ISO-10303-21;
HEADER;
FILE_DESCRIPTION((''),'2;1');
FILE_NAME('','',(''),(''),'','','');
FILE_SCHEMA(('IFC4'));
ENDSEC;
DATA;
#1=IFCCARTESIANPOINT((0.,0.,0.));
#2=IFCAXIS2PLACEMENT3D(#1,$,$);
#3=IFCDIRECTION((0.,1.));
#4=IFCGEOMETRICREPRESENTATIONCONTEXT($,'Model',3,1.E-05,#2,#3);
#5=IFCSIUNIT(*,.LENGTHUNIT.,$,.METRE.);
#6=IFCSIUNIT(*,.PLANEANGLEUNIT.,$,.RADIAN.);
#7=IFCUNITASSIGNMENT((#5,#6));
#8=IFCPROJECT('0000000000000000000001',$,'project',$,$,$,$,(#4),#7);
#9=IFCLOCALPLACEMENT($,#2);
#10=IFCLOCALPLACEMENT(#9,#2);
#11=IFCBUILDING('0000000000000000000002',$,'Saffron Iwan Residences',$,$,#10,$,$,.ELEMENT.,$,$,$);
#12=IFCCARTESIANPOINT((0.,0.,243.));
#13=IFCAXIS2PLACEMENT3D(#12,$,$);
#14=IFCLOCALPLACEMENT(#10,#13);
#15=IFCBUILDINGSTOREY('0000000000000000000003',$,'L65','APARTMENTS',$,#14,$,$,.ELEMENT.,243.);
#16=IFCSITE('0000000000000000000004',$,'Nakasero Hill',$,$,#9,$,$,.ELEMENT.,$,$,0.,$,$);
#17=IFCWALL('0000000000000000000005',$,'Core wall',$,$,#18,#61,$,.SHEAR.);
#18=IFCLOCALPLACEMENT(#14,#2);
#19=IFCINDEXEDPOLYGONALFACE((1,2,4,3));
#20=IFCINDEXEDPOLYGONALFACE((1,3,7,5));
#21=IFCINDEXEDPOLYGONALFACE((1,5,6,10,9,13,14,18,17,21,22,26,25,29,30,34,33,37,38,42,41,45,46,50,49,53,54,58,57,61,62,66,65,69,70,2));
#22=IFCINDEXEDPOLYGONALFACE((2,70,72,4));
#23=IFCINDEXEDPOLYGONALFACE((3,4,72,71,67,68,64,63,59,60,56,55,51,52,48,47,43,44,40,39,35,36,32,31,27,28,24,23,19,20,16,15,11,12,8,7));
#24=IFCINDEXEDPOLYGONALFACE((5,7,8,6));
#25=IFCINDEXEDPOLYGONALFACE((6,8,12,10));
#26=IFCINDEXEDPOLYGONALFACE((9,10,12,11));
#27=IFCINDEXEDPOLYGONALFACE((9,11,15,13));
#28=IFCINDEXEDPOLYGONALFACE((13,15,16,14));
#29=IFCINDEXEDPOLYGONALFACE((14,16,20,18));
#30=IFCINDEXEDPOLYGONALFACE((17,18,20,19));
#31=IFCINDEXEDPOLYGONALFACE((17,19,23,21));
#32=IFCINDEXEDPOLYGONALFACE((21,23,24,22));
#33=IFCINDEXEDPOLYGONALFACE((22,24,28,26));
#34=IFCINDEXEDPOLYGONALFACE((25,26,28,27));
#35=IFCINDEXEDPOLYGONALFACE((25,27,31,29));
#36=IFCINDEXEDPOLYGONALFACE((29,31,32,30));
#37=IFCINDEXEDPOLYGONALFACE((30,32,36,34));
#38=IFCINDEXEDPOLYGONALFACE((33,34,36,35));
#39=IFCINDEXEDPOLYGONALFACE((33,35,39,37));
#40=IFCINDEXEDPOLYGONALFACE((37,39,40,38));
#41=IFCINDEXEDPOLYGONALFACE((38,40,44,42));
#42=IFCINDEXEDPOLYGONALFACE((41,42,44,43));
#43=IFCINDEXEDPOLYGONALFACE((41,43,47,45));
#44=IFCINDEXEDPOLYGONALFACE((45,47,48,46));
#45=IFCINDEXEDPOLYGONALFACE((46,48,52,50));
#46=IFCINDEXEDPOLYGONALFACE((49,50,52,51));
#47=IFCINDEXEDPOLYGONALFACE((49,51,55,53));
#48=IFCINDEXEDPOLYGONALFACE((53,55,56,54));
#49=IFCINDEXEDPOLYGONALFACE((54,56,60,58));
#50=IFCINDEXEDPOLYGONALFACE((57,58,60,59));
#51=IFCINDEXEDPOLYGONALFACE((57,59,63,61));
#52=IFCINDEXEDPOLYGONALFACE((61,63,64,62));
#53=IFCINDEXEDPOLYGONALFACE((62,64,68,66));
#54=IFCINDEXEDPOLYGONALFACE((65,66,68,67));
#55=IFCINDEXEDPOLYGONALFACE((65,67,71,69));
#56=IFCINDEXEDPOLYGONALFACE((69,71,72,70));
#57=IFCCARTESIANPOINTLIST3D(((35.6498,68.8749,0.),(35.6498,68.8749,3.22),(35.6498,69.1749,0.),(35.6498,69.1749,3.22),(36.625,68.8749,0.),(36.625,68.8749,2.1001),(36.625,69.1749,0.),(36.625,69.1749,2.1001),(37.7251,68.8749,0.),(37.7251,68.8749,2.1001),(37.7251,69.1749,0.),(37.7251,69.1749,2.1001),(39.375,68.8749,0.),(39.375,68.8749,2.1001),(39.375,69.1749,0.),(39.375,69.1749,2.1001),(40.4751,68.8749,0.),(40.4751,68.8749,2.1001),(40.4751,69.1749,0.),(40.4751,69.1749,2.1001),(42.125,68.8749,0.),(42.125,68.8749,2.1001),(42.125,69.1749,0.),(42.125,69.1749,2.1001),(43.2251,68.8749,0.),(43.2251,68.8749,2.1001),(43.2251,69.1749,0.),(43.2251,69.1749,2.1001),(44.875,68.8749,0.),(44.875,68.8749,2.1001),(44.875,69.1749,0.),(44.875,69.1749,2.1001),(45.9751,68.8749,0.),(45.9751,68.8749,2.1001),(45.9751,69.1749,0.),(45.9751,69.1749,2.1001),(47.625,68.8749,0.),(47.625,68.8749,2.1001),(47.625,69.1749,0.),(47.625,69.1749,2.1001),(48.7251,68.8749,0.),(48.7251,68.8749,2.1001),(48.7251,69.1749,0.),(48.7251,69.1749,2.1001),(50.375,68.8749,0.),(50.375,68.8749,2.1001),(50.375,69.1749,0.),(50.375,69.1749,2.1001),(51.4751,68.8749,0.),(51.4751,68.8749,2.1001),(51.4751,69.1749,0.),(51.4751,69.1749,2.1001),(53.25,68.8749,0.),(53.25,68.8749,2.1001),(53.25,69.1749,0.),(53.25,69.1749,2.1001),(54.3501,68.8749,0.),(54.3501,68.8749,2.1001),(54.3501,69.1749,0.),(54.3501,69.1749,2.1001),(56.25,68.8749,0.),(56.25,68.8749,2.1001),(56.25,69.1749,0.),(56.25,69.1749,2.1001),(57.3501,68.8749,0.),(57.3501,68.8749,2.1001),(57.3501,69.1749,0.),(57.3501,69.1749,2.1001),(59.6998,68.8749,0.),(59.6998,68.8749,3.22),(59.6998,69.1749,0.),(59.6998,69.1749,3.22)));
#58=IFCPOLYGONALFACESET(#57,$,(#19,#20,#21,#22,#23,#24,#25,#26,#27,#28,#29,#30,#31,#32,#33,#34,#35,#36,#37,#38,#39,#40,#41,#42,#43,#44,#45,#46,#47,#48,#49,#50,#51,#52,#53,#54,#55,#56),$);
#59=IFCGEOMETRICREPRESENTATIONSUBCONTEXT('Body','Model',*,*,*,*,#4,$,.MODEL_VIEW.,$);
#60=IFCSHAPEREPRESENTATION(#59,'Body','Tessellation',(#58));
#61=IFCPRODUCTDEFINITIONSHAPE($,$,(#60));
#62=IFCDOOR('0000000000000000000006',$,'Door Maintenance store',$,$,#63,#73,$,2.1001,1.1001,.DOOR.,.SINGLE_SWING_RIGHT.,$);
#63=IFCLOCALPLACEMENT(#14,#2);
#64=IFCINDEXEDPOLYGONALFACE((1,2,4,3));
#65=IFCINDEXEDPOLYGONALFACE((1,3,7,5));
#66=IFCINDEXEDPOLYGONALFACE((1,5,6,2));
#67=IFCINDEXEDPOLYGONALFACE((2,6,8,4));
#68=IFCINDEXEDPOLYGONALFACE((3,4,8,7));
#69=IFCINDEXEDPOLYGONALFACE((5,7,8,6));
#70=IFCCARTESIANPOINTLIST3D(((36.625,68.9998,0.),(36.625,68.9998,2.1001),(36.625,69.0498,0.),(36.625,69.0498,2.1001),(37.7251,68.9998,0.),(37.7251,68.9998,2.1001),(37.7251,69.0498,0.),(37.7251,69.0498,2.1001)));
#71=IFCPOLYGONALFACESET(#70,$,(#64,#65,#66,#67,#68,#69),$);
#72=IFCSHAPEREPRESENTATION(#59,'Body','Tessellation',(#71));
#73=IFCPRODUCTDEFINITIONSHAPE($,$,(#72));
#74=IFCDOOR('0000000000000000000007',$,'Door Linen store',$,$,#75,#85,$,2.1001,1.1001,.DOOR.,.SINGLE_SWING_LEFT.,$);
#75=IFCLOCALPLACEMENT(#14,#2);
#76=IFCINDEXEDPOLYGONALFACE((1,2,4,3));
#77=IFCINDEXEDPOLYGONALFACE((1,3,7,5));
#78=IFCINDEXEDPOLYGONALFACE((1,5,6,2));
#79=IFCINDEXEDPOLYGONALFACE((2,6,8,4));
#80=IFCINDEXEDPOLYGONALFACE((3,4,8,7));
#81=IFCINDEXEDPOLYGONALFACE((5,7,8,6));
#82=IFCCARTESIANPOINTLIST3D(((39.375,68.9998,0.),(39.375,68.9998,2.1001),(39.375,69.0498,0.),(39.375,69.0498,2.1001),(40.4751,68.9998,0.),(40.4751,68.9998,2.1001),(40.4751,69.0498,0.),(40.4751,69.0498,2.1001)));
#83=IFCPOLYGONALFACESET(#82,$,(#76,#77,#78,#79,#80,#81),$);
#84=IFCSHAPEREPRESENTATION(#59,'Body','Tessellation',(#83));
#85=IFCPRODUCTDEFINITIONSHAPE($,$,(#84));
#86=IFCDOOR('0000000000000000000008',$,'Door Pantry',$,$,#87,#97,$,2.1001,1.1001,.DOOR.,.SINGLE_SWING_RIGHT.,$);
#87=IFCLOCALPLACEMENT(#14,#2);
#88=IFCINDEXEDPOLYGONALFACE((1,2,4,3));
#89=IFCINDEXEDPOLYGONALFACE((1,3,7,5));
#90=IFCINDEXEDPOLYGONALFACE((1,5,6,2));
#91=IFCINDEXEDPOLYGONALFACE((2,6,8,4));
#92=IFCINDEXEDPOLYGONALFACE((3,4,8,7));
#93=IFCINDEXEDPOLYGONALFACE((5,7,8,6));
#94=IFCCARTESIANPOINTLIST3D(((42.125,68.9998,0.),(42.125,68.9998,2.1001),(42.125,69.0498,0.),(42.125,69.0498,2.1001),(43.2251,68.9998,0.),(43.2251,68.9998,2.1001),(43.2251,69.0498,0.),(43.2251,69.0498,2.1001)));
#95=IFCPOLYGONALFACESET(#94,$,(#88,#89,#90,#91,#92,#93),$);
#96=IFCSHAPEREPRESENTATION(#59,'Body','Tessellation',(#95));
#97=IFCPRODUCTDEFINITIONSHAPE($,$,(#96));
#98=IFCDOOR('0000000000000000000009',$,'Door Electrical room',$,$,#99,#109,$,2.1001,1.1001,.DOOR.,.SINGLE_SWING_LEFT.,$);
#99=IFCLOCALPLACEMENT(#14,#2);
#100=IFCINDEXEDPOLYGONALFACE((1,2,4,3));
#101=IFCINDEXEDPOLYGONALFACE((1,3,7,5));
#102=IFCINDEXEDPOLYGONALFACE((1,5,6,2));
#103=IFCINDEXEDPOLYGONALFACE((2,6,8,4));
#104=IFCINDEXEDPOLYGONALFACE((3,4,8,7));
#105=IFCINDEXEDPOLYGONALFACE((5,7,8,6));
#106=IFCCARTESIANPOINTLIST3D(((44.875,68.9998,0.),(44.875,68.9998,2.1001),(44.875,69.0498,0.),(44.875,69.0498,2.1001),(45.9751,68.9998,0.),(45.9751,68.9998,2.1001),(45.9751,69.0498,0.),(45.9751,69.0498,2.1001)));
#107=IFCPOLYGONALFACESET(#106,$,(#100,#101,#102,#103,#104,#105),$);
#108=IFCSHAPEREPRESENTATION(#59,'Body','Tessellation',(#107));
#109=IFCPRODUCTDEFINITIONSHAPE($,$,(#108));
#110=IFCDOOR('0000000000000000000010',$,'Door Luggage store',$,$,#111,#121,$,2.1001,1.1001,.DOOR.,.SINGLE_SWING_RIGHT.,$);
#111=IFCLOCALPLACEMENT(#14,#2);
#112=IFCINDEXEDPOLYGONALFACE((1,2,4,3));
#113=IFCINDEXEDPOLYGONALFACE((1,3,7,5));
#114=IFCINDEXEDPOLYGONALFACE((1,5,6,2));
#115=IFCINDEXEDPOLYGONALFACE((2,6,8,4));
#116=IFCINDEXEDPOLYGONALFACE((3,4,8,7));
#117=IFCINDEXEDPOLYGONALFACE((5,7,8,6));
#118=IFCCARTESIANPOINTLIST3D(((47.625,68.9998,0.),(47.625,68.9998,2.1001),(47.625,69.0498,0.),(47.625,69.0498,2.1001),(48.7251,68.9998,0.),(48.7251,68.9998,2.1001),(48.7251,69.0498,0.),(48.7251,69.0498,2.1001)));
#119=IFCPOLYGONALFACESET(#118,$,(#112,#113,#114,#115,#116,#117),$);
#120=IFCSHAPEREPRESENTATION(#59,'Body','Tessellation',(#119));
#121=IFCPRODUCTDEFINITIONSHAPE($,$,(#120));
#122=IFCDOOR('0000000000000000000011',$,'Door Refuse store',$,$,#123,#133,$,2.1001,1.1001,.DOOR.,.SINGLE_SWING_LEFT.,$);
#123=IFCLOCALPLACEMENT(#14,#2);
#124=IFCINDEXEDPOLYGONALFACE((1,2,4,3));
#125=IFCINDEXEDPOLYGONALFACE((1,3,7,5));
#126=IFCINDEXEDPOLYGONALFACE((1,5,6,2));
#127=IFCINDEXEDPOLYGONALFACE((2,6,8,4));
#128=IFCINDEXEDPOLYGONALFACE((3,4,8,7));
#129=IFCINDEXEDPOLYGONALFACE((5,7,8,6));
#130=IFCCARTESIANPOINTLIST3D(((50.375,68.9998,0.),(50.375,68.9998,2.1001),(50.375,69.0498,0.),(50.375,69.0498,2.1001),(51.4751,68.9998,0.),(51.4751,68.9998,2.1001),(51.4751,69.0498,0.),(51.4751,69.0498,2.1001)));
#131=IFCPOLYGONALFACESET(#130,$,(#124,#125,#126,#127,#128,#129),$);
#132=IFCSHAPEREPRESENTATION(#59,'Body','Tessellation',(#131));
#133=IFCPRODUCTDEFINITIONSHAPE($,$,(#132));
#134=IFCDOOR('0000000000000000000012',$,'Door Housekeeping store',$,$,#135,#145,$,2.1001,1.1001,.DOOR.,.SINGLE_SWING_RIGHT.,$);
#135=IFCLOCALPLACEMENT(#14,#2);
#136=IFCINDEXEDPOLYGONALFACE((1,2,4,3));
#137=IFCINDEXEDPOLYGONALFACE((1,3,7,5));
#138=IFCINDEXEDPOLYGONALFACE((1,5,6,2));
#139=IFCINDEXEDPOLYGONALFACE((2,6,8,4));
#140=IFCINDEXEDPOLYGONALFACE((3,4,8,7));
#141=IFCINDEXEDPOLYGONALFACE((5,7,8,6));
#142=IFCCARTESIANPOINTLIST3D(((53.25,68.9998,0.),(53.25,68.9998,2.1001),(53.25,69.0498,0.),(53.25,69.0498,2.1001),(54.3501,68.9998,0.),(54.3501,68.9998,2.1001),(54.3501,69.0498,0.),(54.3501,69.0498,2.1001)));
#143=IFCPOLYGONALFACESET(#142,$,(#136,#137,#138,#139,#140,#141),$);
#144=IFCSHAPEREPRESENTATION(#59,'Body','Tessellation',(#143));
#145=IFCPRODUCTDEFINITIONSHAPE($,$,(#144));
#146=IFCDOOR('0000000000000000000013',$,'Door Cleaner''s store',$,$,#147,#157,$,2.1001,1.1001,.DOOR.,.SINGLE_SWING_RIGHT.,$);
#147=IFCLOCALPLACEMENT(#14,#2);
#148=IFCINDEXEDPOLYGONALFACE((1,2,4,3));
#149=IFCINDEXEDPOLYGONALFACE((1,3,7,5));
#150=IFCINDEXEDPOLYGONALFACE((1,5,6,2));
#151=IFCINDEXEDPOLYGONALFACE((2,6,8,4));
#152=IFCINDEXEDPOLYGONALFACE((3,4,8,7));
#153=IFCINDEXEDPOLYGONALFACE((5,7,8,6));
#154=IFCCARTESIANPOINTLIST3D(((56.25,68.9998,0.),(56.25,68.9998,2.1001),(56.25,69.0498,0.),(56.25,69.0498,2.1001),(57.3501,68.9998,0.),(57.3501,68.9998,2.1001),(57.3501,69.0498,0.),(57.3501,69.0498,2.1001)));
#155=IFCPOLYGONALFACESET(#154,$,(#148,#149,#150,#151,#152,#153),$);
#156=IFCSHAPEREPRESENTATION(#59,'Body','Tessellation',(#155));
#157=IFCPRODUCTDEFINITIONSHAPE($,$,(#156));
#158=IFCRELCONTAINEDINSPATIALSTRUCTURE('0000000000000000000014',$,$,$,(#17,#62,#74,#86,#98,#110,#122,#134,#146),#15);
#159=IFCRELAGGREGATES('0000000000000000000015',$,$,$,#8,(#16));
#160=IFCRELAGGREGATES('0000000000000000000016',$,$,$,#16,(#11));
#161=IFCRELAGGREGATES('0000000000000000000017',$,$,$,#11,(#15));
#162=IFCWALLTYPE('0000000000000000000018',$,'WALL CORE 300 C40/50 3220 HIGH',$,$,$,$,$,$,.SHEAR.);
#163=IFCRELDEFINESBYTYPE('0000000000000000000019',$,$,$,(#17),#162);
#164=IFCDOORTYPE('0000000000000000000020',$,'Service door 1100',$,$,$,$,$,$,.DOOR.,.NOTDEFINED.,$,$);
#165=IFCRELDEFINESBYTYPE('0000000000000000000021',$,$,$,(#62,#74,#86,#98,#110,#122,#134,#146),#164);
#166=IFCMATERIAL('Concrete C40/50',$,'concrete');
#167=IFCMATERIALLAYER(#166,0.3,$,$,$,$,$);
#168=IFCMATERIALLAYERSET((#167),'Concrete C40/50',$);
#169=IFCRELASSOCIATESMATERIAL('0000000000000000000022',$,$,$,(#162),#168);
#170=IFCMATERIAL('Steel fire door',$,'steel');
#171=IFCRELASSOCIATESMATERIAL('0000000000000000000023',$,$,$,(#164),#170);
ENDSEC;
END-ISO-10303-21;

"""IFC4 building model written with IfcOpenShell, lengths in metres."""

from ifc_helpers import new_model, si_unit, direction, frame, frame_2d, origin, place, context, subcontext, project, spatial, rectangle, extrude, material, layer, layer_set, type_object, element, fill, save


model = new_model("IFC4")

# Units and contexts
model_context = context("Model", 3, precision=1e-05, world=origin(), true_north=direction((0.0, 1.0)))
body_context = subcontext(model_context, "Body", "Model", "MODEL_VIEW")
ifc_project = project(units=[si_unit("LENGTHUNIT", "METRE"), si_unit("PLANEANGLEUNIT", "RADIAN")], contexts=[model_context])

# Site, building, storey
site_placement = place(None, origin())
site = spatial("IfcSite", under=ifc_project, at=site_placement, Name="Nakasero Hill", CompositionType="ELEMENT", RefElevation=0.0)
building_placement = place(site_placement, origin())
building = spatial("IfcBuilding", under=site, at=building_placement, Name="Saffron Iwan Residences", CompositionType="ELEMENT")
storey_placement = place(building_placement, frame((0.0, 0.0, 243.0)))
storey = spatial("IfcBuildingStorey", under=building, at=storey_placement, Name="L65", Description="APARTMENTS", CompositionType="ELEMENT", Elevation=243.0)

# Wall, openings, doors
ifc_material_1 = material(Name="Concrete C40/50", Category="concrete")
ifc_layer = layer(ifc_material_1, 0.3)
ifc_layer_set = layer_set([ifc_layer], Name="Concrete C40/50")
wall_type = type_object("IfcWallType", Name="WALL CORE 300 C40/50 3220 HIGH", PredefinedType="SHEAR", material=ifc_layer_set)
wall_1_placement = place(storey_placement, frame((35.6499, 69.0249, 0.0), z_axis=(0.0, 0.0, 1.0), x_axis=(1.0, 0.0, 0.0)))
wall_1 = element("IfcWall", 1, at=wall_1_placement, inside=storey, type_object=wall_type, Name="Core wall", PredefinedType="SHEAR", context=body_context, shape_type="SweptSolid", body=[
    extrude(rectangle(XDim=24.05, YDim=0.3, at=frame_2d((12.0249, 0.0))), origin(), (0.0, 0.0, 1.0), 3.22),
])
opening_1_placement = place(wall_1_placement, frame((0.9751, 0.0, 0.0)))
opening_1 = element("IfcOpeningElement", 2, at=opening_1_placement, cuts=wall_1, PredefinedType="OPENING", context=body_context, shape_type="SweptSolid", body=[
    extrude(rectangle(XDim=1.1001, YDim=2.1001, at=frame_2d((0.55, 1.05))), frame((0.0, 0.1602, 0.0), z_axis=(0.0, -1.0, 0.0), x_axis=(1.0, 0.0, 0.0)), (0.0, 0.0, 1.0), 0.3201),
])
opening_2_placement = place(wall_1_placement, frame((3.7251, 0.0, 0.0)))
opening_2 = element("IfcOpeningElement", 3, at=opening_2_placement, cuts=wall_1, PredefinedType="OPENING", context=body_context, shape_type="SweptSolid", body=[
    extrude(rectangle(XDim=1.1001, YDim=2.1001, at=frame_2d((0.55, 1.05))), frame((0.0, 0.1602, 0.0), z_axis=(0.0, -1.0, 0.0), x_axis=(1.0, 0.0, 0.0)), (0.0, 0.0, 1.0), 0.3201),
])
opening_3_placement = place(wall_1_placement, frame((6.4751, 0.0, 0.0)))
opening_3 = element("IfcOpeningElement", 4, at=opening_3_placement, cuts=wall_1, PredefinedType="OPENING", context=body_context, shape_type="SweptSolid", body=[
    extrude(rectangle(XDim=1.1001, YDim=2.1001, at=frame_2d((0.55, 1.05))), frame((0.0, 0.1602, 0.0), z_axis=(0.0, -1.0, 0.0), x_axis=(1.0, 0.0, 0.0)), (0.0, 0.0, 1.0), 0.3201),
])
opening_4_placement = place(wall_1_placement, frame((9.2251, 0.0, 0.0)))
opening_4 = element("IfcOpeningElement", 5, at=opening_4_placement, cuts=wall_1, PredefinedType="OPENING", context=body_context, shape_type="SweptSolid", body=[
    extrude(rectangle(XDim=1.1001, YDim=2.1001, at=frame_2d((0.55, 1.05))), frame((0.0, 0.1602, 0.0), z_axis=(0.0, -1.0, 0.0), x_axis=(1.0, 0.0, 0.0)), (0.0, 0.0, 1.0), 0.3201),
])
opening_5_placement = place(wall_1_placement, frame((11.9751, 0.0, 0.0)))
opening_5 = element("IfcOpeningElement", 6, at=opening_5_placement, cuts=wall_1, PredefinedType="OPENING", context=body_context, shape_type="SweptSolid", body=[
    extrude(rectangle(XDim=1.1001, YDim=2.1001, at=frame_2d((0.55, 1.05))), frame((0.0, 0.1602, 0.0), z_axis=(0.0, -1.0, 0.0), x_axis=(1.0, 0.0, 0.0)), (0.0, 0.0, 1.0), 0.3201),
])
opening_6_placement = place(wall_1_placement, frame((14.7251, 0.0, 0.0)))
opening_6 = element("IfcOpeningElement", 7, at=opening_6_placement, cuts=wall_1, PredefinedType="OPENING", context=body_context, shape_type="SweptSolid", body=[
    extrude(rectangle(XDim=1.1001, YDim=2.1001, at=frame_2d((0.55, 1.05))), frame((0.0, 0.1602, 0.0), z_axis=(0.0, -1.0, 0.0), x_axis=(1.0, 0.0, 0.0)), (0.0, 0.0, 1.0), 0.3201),
])
opening_7_placement = place(wall_1_placement, frame((17.6001, 0.0, 0.0)))
opening_7 = element("IfcOpeningElement", 8, at=opening_7_placement, cuts=wall_1, PredefinedType="OPENING", context=body_context, shape_type="SweptSolid", body=[
    extrude(rectangle(XDim=1.1001, YDim=2.1001, at=frame_2d((0.55, 1.05))), frame((0.0, 0.1602, 0.0), z_axis=(0.0, -1.0, 0.0), x_axis=(1.0, 0.0, 0.0)), (0.0, 0.0, 1.0), 0.3201),
])
opening_8_placement = place(wall_1_placement, frame((20.6001, 0.0, 0.0)))
opening_8 = element("IfcOpeningElement", 9, at=opening_8_placement, cuts=wall_1, PredefinedType="OPENING", context=body_context, shape_type="SweptSolid", body=[
    extrude(rectangle(XDim=1.1001, YDim=2.1001, at=frame_2d((0.55, 1.05))), frame((0.0, 0.1602, 0.0), z_axis=(0.0, -1.0, 0.0), x_axis=(1.0, 0.0, 0.0)), (0.0, 0.0, 1.0), 0.3201),
])
ifc_material_2 = material(Name="Steel fire door", Category="steel")
door_type_1 = type_object("IfcDoorType", Name="Service door 1100", OperationType="NOTDEFINED", PredefinedType="DOOR", material=ifc_material_2)
door_1_placement = place(opening_1_placement, origin())
door_1 = element("IfcDoor", 10, at=door_1_placement, inside=storey, type_object=door_type_1, Name="Door Maintenance store", OperationType="SINGLE_SWING_RIGHT", OverallHeight=2.1001, OverallWidth=1.1001, PredefinedType="DOOR", context=body_context, shape_type="SweptSolid", body=[
    extrude(rectangle(XDim=1.1001, YDim=2.1001, at=frame_2d((0.55, 1.05))), frame((0.0, 0.0249, 0.0), z_axis=(0.0, -1.0, 0.0), x_axis=(1.0, 0.0, 0.0)), (0.0, 0.0, 1.0), 0.05),
])
fill(opening_1, door_1)
door_2_placement = place(opening_2_placement, origin())
door_2 = element("IfcDoor", 11, at=door_2_placement, inside=storey, type_object=door_type_1, Name="Door Linen store", OperationType="SINGLE_SWING_LEFT", OverallHeight=2.1001, OverallWidth=1.1001, PredefinedType="DOOR", context=body_context, shape_type="SweptSolid", body=[
    extrude(rectangle(XDim=1.1001, YDim=2.1001, at=frame_2d((0.55, 1.05))), frame((0.0, 0.0249, 0.0), z_axis=(0.0, -1.0, 0.0), x_axis=(1.0, 0.0, 0.0)), (0.0, 0.0, 1.0), 0.05),
])
fill(opening_2, door_2)
door_3_placement = place(opening_3_placement, origin())
door_3 = element("IfcDoor", 12, at=door_3_placement, inside=storey, type_object=door_type_1, Name="Door Pantry", OperationType="SINGLE_SWING_RIGHT", OverallHeight=2.1001, OverallWidth=1.1001, PredefinedType="DOOR", context=body_context, shape_type="SweptSolid", body=[
    extrude(rectangle(XDim=1.1001, YDim=2.1001, at=frame_2d((0.55, 1.05))), frame((0.0, 0.0249, 0.0), z_axis=(0.0, -1.0, 0.0), x_axis=(1.0, 0.0, 0.0)), (0.0, 0.0, 1.0), 0.05),
])
fill(opening_3, door_3)
door_4_placement = place(opening_4_placement, origin())
door_4 = element("IfcDoor", 13, at=door_4_placement, inside=storey, type_object=door_type_1, Name="Door Electrical room", OperationType="SINGLE_SWING_LEFT", OverallHeight=2.1001, OverallWidth=1.1001, PredefinedType="DOOR", context=body_context, shape_type="SweptSolid", body=[
    extrude(rectangle(XDim=1.1001, YDim=2.1001, at=frame_2d((0.55, 1.05))), frame((0.0, 0.0249, 0.0), z_axis=(0.0, -1.0, 0.0), x_axis=(1.0, 0.0, 0.0)), (0.0, 0.0, 1.0), 0.05),
])
fill(opening_4, door_4)
door_5_placement = place(opening_5_placement, origin())
door_5 = element("IfcDoor", 14, at=door_5_placement, inside=storey, type_object=door_type_1, Name="Door Luggage store", OperationType="SINGLE_SWING_RIGHT", OverallHeight=2.1001, OverallWidth=1.1001, PredefinedType="DOOR", context=body_context, shape_type="SweptSolid", body=[
    extrude(rectangle(XDim=1.1001, YDim=2.1001, at=frame_2d((0.55, 1.05))), frame((0.0, 0.0249, 0.0), z_axis=(0.0, -1.0, 0.0), x_axis=(1.0, 0.0, 0.0)), (0.0, 0.0, 1.0), 0.05),
])
fill(opening_5, door_5)
door_6_placement = place(opening_6_placement, origin())
door_6 = element("IfcDoor", 15, at=door_6_placement, inside=storey, type_object=door_type_1, Name="Door Refuse store", OperationType="SINGLE_SWING_LEFT", OverallHeight=2.1001, OverallWidth=1.1001, PredefinedType="DOOR", context=body_context, shape_type="SweptSolid", body=[
    extrude(rectangle(XDim=1.1001, YDim=2.1001, at=frame_2d((0.55, 1.05))), frame((0.0, 0.0249, 0.0), z_axis=(0.0, -1.0, 0.0), x_axis=(1.0, 0.0, 0.0)), (0.0, 0.0, 1.0), 0.05),
])
fill(opening_6, door_6)
door_7_placement = place(opening_7_placement, origin())
door_7 = element("IfcDoor", 16, at=door_7_placement, inside=storey, type_object=door_type_1, Name="Door Housekeeping store", OperationType="SINGLE_SWING_RIGHT", OverallHeight=2.1001, OverallWidth=1.1001, PredefinedType="DOOR", context=body_context, shape_type="SweptSolid", body=[
    extrude(rectangle(XDim=1.1001, YDim=2.1001, at=frame_2d((0.55, 1.05))), frame((0.0, 0.0249, 0.0), z_axis=(0.0, -1.0, 0.0), x_axis=(1.0, 0.0, 0.0)), (0.0, 0.0, 1.0), 0.05),
])
fill(opening_7, door_7)
door_8_placement = place(opening_8_placement, origin())
door_8 = element("IfcDoor", 17, at=door_8_placement, inside=storey, type_object=door_type_1, Name="Door Cleaner's store", OperationType="SINGLE_SWING_RIGHT", OverallHeight=2.1001, OverallWidth=1.1001, PredefinedType="DOOR", context=body_context, shape_type="SweptSolid", body=[
    extrude(rectangle(XDim=1.1001, YDim=2.1001, at=frame_2d((0.55, 1.05))), frame((0.0, 0.0249, 0.0), z_axis=(0.0, -1.0, 0.0), x_axis=(1.0, 0.0, 0.0)), (0.0, 0.0, 1.0), 0.05),
])
fill(opening_8, door_8)

save(model, "model.ifc")
